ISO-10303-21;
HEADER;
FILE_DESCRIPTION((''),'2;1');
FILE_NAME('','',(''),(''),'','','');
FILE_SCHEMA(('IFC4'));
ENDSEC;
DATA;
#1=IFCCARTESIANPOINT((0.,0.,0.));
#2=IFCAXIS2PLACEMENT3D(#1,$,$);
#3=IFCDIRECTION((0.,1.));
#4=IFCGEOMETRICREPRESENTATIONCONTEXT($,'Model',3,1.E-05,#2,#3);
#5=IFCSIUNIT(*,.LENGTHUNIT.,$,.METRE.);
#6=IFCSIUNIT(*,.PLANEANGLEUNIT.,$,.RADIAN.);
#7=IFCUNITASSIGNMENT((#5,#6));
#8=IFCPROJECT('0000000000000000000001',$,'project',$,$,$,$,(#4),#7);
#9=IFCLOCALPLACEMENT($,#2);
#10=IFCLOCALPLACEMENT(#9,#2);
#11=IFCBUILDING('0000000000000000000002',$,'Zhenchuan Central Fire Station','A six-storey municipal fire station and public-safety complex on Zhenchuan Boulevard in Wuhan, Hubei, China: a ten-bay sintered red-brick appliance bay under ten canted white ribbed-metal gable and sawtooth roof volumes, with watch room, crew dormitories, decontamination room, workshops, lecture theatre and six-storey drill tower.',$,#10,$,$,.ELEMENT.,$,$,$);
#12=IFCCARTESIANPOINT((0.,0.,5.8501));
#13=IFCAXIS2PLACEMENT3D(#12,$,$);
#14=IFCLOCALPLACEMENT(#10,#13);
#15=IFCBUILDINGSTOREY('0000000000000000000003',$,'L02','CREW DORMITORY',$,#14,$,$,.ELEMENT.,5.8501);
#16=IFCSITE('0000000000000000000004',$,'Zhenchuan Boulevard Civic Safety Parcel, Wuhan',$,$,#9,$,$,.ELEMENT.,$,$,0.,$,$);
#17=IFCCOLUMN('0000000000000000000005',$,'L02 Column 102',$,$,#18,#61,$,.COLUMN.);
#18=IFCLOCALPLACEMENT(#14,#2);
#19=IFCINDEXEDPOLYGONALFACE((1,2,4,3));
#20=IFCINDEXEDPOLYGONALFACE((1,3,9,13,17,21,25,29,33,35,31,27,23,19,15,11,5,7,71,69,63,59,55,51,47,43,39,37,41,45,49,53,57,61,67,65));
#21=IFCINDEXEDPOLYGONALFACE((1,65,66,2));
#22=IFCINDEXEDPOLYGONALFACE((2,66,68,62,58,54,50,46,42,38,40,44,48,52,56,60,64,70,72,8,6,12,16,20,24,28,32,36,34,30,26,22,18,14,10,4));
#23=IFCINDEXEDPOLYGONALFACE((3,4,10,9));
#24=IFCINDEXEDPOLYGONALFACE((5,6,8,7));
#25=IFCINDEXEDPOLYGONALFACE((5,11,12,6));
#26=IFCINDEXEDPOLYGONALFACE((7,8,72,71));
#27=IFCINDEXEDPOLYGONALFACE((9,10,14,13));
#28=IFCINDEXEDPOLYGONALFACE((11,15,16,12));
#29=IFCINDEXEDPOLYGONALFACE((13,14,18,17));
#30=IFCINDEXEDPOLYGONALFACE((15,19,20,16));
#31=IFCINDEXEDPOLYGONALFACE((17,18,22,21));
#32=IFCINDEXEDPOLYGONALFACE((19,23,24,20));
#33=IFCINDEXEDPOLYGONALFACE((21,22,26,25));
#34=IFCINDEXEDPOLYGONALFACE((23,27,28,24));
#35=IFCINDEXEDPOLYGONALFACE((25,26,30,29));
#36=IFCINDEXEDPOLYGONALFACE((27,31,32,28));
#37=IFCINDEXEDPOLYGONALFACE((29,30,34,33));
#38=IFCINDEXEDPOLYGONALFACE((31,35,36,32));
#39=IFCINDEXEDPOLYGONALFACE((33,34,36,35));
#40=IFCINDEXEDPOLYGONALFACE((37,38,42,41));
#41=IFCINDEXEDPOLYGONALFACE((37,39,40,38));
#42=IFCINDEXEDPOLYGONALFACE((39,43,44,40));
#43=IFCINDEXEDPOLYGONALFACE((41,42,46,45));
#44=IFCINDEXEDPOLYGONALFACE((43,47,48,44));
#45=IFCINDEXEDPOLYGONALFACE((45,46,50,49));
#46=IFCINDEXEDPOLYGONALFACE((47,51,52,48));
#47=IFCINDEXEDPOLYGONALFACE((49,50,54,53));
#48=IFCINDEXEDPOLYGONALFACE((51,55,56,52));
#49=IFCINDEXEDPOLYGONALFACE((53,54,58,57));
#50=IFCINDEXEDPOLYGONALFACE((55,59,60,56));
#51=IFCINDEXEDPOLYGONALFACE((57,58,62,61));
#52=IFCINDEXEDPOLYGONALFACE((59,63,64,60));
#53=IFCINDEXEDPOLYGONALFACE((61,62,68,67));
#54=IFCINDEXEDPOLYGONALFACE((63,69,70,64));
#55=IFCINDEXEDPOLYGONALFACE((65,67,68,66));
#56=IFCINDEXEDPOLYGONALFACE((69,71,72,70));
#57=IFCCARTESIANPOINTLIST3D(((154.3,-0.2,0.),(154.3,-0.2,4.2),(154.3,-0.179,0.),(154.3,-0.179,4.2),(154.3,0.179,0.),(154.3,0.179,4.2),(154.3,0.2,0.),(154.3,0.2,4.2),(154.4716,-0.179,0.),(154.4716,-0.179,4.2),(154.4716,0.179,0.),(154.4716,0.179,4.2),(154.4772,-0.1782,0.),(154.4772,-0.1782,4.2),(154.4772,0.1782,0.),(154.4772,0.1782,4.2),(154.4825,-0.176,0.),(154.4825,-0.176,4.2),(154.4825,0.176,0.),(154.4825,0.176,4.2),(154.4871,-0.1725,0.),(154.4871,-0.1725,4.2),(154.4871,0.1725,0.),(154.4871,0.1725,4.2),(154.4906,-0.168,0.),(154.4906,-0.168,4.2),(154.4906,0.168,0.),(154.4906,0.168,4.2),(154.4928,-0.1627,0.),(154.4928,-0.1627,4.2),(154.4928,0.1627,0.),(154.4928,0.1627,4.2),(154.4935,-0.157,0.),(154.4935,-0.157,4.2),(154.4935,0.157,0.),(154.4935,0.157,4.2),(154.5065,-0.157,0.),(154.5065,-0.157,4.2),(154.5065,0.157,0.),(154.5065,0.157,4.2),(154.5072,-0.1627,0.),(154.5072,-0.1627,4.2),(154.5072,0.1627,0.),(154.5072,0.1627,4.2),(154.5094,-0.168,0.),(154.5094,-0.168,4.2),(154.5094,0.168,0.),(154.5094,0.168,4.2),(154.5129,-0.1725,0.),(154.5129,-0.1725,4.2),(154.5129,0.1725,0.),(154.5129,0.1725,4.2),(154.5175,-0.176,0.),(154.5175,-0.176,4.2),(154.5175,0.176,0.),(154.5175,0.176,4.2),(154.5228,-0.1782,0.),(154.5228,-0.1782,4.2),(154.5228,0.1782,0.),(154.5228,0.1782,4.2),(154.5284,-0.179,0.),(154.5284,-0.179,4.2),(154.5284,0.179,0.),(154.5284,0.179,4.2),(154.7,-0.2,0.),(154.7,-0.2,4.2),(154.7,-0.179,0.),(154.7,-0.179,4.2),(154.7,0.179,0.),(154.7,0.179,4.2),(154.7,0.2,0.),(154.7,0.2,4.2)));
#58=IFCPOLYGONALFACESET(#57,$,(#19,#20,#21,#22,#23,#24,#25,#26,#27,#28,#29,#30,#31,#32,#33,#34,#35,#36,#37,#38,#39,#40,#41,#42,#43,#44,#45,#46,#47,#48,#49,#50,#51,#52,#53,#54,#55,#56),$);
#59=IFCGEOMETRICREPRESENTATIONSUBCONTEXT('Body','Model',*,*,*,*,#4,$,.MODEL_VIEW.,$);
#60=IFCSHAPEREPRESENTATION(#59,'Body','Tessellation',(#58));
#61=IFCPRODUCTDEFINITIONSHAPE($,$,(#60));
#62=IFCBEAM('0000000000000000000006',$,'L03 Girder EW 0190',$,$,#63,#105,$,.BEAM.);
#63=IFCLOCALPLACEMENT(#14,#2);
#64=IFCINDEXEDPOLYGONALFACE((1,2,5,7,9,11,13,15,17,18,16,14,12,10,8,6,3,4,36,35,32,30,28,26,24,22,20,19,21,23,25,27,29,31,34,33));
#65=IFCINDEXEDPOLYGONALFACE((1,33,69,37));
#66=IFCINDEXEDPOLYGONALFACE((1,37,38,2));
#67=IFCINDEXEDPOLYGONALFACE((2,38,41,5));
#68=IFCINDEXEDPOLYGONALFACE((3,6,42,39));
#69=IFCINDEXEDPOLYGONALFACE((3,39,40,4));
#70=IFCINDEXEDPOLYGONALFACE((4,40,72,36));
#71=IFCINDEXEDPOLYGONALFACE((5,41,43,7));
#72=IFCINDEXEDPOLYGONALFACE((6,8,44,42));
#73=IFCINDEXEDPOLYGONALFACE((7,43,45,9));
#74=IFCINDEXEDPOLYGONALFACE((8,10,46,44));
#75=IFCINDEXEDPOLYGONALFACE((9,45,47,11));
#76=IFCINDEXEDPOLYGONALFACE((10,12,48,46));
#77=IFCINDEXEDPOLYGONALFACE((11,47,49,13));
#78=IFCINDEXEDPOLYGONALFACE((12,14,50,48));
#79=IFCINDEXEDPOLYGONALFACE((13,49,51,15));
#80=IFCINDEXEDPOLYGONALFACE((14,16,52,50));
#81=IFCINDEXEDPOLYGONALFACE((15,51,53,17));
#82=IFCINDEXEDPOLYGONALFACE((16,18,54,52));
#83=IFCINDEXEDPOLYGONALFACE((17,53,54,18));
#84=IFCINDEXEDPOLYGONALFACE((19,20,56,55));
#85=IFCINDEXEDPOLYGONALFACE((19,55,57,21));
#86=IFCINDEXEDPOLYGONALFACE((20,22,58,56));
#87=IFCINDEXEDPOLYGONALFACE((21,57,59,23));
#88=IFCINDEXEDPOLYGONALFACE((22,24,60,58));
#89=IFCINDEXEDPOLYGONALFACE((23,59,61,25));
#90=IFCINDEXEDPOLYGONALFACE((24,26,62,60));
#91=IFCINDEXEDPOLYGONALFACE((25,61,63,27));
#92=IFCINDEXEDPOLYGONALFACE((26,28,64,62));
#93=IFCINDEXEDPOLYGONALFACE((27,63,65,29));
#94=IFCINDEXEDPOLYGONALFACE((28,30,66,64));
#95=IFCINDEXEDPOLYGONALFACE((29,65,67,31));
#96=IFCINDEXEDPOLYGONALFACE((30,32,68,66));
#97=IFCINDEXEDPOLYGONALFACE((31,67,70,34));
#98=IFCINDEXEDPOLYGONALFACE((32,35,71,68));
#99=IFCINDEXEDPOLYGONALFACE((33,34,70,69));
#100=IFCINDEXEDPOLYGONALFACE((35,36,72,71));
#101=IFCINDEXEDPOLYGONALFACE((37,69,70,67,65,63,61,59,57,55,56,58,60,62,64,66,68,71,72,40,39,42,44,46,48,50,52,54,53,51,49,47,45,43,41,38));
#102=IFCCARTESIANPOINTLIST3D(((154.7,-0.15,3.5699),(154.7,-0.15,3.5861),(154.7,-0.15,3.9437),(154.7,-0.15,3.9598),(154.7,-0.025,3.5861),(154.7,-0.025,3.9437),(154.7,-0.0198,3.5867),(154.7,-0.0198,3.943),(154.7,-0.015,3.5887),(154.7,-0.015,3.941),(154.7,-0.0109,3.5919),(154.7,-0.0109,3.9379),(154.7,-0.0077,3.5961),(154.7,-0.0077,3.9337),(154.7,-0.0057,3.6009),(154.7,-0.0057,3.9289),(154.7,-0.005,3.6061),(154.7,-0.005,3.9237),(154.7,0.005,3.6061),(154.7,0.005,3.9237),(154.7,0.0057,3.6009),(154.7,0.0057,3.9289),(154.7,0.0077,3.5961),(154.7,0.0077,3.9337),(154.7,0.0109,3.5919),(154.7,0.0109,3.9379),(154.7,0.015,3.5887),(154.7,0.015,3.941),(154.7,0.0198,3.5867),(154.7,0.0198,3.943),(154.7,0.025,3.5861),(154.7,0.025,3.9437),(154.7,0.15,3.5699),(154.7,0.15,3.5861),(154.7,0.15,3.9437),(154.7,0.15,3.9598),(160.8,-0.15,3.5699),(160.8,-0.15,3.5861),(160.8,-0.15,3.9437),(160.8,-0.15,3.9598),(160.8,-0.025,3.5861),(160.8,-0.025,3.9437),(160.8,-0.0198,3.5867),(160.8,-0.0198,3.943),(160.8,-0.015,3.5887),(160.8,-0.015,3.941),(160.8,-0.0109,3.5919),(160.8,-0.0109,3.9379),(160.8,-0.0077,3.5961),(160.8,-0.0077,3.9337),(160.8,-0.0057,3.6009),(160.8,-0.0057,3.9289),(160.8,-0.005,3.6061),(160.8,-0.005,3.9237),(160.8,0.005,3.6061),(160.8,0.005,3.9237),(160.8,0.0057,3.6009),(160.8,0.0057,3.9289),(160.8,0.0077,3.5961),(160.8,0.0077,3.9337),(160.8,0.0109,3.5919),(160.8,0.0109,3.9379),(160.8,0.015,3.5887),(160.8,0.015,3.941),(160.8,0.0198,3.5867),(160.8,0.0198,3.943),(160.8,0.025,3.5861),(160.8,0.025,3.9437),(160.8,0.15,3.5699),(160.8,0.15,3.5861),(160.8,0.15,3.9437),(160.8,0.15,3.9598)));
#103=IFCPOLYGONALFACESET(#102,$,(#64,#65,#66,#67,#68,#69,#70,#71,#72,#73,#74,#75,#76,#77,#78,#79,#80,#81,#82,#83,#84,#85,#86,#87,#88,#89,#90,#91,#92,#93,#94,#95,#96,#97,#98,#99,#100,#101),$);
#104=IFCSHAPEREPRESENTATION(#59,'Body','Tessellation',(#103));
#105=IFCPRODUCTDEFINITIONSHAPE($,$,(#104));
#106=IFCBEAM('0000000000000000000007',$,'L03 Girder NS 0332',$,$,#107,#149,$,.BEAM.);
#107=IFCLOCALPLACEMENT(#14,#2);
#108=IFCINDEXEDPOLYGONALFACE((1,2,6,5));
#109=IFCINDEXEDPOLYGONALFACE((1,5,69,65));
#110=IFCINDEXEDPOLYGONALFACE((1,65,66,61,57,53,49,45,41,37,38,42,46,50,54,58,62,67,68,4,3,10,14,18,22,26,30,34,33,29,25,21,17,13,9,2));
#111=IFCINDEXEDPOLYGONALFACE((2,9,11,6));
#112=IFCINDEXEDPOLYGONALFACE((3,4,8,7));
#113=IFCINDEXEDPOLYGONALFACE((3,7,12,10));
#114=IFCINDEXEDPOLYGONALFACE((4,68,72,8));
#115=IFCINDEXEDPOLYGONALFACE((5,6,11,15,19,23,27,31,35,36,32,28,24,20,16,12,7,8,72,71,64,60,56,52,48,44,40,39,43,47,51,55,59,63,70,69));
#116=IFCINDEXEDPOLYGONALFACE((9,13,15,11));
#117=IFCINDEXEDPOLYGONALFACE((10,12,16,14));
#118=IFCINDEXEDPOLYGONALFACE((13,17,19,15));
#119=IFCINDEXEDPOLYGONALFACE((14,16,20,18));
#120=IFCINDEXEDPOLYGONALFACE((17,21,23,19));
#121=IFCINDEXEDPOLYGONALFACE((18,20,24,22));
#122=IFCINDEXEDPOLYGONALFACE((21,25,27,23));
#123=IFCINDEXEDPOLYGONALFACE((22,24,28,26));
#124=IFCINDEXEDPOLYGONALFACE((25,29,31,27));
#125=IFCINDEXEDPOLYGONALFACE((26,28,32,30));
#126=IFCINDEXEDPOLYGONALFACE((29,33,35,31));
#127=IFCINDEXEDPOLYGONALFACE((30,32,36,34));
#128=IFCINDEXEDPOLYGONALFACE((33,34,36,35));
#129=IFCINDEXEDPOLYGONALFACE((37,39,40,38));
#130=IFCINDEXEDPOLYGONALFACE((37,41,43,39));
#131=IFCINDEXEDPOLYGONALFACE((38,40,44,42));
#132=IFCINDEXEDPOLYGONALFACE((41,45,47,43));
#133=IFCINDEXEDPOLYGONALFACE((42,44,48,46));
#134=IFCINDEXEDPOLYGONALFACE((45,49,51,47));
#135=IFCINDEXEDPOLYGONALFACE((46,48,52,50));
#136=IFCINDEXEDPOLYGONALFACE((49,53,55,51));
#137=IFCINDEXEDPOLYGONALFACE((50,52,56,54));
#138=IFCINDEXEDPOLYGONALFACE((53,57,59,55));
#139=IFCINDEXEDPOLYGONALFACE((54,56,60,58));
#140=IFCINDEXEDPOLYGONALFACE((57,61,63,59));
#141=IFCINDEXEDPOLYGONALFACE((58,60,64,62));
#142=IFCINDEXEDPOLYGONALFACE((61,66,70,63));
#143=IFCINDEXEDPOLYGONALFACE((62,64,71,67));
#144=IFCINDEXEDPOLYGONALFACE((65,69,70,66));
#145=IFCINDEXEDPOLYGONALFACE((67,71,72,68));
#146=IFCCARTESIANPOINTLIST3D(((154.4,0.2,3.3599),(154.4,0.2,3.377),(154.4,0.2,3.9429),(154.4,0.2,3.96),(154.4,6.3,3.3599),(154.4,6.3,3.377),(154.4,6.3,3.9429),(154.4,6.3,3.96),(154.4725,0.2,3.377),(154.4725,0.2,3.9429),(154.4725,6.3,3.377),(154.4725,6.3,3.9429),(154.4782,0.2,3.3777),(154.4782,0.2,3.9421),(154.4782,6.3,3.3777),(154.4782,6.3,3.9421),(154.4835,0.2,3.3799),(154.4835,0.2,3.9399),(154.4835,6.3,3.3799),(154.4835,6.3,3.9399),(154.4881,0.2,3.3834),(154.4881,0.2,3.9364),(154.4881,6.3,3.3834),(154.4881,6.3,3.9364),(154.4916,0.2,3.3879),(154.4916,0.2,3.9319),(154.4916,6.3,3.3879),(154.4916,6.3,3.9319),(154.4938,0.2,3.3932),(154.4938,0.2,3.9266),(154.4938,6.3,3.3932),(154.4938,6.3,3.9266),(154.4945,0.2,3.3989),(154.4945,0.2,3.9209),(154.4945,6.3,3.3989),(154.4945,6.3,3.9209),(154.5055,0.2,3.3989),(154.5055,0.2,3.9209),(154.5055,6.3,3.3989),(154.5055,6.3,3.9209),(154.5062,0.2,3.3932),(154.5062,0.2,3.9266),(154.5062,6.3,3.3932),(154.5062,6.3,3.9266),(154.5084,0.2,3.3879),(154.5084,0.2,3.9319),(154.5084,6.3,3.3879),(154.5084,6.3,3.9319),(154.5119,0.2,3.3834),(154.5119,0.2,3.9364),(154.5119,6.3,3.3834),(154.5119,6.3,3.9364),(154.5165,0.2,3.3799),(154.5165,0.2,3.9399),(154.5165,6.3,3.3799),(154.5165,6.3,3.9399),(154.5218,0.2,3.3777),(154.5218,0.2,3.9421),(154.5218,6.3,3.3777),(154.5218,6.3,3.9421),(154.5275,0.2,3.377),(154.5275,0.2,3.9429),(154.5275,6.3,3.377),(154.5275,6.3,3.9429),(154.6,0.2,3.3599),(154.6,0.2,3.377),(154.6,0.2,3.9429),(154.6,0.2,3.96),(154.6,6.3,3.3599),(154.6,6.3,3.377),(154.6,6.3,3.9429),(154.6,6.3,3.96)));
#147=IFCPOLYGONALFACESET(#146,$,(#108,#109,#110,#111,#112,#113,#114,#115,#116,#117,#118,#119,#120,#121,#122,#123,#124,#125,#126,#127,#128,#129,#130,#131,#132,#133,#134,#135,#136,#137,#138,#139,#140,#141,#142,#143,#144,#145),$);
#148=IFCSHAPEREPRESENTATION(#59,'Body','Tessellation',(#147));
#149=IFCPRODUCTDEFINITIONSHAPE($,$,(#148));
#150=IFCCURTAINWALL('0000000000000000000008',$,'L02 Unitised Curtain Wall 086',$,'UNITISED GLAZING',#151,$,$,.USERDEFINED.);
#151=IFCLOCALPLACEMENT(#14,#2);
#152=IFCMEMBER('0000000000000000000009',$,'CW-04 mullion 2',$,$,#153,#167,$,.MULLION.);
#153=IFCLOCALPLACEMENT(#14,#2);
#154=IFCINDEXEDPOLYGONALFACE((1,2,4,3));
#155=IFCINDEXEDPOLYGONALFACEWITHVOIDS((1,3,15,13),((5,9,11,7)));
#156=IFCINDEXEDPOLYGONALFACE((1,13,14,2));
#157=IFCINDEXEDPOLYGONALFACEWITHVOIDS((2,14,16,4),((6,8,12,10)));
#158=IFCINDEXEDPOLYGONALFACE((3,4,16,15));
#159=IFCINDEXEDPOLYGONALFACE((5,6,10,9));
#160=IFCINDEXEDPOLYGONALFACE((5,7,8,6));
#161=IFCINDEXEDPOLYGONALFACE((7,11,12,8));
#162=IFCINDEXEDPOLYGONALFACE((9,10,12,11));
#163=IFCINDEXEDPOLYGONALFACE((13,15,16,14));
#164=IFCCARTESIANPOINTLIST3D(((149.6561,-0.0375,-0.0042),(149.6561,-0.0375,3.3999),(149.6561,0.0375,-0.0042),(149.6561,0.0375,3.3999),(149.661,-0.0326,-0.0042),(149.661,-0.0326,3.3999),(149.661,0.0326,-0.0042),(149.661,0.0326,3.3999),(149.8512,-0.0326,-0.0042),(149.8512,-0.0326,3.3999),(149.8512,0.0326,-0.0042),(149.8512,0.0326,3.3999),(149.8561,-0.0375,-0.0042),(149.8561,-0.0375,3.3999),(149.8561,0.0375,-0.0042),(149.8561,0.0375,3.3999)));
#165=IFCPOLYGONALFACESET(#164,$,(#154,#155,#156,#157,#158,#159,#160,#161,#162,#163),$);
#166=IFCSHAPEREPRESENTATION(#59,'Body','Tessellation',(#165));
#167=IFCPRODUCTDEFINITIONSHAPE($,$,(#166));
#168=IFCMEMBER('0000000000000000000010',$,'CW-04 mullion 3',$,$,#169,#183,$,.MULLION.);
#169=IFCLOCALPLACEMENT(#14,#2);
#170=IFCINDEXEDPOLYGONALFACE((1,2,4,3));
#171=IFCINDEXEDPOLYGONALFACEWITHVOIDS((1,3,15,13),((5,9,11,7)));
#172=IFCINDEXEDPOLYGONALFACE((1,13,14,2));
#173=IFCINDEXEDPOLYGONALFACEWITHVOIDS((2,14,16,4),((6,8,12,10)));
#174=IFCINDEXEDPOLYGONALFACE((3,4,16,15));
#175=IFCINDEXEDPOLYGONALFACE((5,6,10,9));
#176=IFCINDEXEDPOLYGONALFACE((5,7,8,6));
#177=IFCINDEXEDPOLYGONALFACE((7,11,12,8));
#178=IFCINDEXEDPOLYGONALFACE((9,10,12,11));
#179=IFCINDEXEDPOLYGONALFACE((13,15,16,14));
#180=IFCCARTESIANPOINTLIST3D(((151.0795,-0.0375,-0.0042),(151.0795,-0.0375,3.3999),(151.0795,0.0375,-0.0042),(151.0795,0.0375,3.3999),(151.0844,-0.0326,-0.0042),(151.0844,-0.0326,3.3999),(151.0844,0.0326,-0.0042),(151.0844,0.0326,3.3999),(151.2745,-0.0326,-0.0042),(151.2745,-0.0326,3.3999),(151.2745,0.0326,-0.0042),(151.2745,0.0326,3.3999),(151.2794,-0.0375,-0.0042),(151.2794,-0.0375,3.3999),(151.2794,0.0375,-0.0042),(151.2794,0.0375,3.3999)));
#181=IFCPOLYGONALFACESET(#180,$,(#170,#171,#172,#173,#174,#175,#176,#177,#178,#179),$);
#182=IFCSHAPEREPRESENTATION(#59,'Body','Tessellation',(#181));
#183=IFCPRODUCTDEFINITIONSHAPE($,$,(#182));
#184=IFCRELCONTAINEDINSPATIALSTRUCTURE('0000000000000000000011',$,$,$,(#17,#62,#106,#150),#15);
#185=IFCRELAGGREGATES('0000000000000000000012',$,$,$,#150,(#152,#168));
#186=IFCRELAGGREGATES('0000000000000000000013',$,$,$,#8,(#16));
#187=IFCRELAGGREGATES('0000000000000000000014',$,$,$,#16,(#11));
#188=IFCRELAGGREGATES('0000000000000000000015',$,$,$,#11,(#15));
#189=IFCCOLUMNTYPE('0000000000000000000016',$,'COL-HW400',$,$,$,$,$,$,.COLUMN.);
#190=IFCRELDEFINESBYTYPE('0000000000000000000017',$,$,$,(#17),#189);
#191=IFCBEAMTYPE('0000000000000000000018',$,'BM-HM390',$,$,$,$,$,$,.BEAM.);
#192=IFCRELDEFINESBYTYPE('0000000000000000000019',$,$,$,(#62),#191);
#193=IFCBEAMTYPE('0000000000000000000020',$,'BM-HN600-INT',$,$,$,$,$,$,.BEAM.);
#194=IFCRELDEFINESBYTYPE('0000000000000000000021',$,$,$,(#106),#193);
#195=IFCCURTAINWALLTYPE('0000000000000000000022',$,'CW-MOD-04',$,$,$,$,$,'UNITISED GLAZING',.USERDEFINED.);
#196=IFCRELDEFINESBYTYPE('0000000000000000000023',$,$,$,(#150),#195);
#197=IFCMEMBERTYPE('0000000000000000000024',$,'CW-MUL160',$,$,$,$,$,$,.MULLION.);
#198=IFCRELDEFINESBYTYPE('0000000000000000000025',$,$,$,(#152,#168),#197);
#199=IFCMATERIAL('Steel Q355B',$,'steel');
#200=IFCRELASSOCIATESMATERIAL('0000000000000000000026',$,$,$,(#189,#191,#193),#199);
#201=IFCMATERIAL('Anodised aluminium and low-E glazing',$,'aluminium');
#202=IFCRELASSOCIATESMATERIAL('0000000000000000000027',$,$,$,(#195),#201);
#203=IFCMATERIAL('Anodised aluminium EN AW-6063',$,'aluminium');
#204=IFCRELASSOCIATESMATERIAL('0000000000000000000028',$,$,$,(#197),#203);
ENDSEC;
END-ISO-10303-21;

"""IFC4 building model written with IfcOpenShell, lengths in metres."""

from ifc_helpers import new_model, si_unit, direction, frame, origin, origin_2d, place, context, subcontext, project, spatial, hollow_rectangle, i_section, extrude, material, material_profile, profile_set, type_object, element, aggregate, save


model = new_model("IFC4")

# Units and contexts
model_context = context("Model", 3, precision=1e-05, world=origin(), true_north=direction((0.0, 1.0)))
body_context = subcontext(model_context, "Body", "Model", "MODEL_VIEW")
ifc_project = project(units=[si_unit("LENGTHUNIT", "METRE"), si_unit("PLANEANGLEUNIT", "RADIAN")], contexts=[model_context])

# Site, building, storey
site_placement = place(None, origin())
site = spatial("IfcSite", under=ifc_project, at=site_placement, Name="Zhenchuan Boulevard Civic Safety Parcel, Wuhan", CompositionType="ELEMENT", RefElevation=0.0)
building_placement = place(site_placement, origin())
building = spatial("IfcBuilding", under=site, at=building_placement, Name="Zhenchuan Central Fire Station", Description="A six-storey municipal fire station and public-safety complex on Zhenchuan Boulevard in Wuhan, Hubei, China: a ten-bay sintered red-brick appliance bay under ten canted white ribbed-metal gable and sawtooth roof volumes, with watch room, crew dormitories, decontamination room, workshops, lecture theatre and six-storey drill tower.", CompositionType="ELEMENT")
storey_placement = place(building_placement, frame((0.0, 0.0, 5.8501)))
storey = spatial("IfcBuildingStorey", under=building, at=storey_placement, Name="L02", Description="CREW DORMITORY", CompositionType="ELEMENT", Elevation=5.8501)

# Column
ifc_material_1 = material(Name="Steel Q355B", Category="steel")
ifc_material_profile_1 = material_profile(ifc_material_1, i_section(OverallWidth=0.3999, OverallDepth=0.3999, WebThickness=0.0129, FlangeThickness=0.021, FilletRadius=0.022, at=origin_2d()), Name="HW 400x400")
ifc_profile_set_1 = profile_set([ifc_material_profile_1], Name="Steel Q355B")
column_type = type_object("IfcColumnType", Name="COL-HW400", PredefinedType="COLUMN", material=ifc_profile_set_1)
column_placement = place(storey_placement, frame((154.5, 0.0, 0.0), z_axis=(0.0, 0.0, 1.0), x_axis=(1.0, 0.0, 0.0)))
element("IfcColumn", 1, at=column_placement, inside=storey, type_object=column_type, Name="L02 Column 102", PredefinedType="COLUMN", context=body_context, shape_type="SweptSolid", body=[
    extrude(i_section(OverallWidth=0.3999, OverallDepth=0.3999, WebThickness=0.0129, FlangeThickness=0.021, FilletRadius=0.022, at=origin_2d()), origin(), (0.0, 0.0, 1.0), 4.2),
])

# Beams
ifc_material_profile_2 = material_profile(ifc_material_1, i_section(OverallWidth=0.3, OverallDepth=0.3899, WebThickness=0.01, FlangeThickness=0.0161, FilletRadius=0.02, at=origin_2d()), Name="HM 390x300")
ifc_profile_set_2 = profile_set([ifc_material_profile_2], Name="Steel Q355B")
beam_type_1 = type_object("IfcBeamType", Name="BM-HM390", PredefinedType="BEAM", material=ifc_profile_set_2)
beam_1_placement = place(storey_placement, frame((154.7, 0.0, 3.7649), z_axis=(1.0, 0.0, 0.0), x_axis=(0.0, 1.0, 0.0)))
element("IfcBeam", 2, at=beam_1_placement, inside=storey, type_object=beam_type_1, Name="L03 Girder EW 0190", PredefinedType="BEAM", context=body_context, shape_type="SweptSolid", body=[
    extrude(i_section(OverallWidth=0.3, OverallDepth=0.3899, WebThickness=0.01, FlangeThickness=0.0161, FilletRadius=0.02, at=origin_2d()), origin(), (0.0, 0.0, 1.0), 6.1001),
])
ifc_material_profile_3 = material_profile(ifc_material_1, i_section(OverallWidth=0.2, OverallDepth=0.6001, WebThickness=0.011, FlangeThickness=0.0171, FilletRadius=0.022, at=origin_2d()), Name="HN 600x200")
ifc_profile_set_3 = profile_set([ifc_material_profile_3], Name="Steel Q355B")
beam_type_2 = type_object("IfcBeamType", Name="BM-HN600-INT", PredefinedType="BEAM", material=ifc_profile_set_3)
beam_2_placement = place(storey_placement, frame((154.5, 0.2, 3.6599), z_axis=(0.0, 1.0, 0.0), x_axis=(-1.0, 0.0, 0.0)))
element("IfcBeam", 3, at=beam_2_placement, inside=storey, type_object=beam_type_2, Name="L03 Girder NS 0332", PredefinedType="BEAM", context=body_context, shape_type="SweptSolid", body=[
    extrude(i_section(OverallWidth=0.2, OverallDepth=0.6001, WebThickness=0.011, FlangeThickness=0.0171, FilletRadius=0.022, at=origin_2d()), origin(), (0.0, 0.0, 1.0), 6.1001),
])

# Curtain wall, members
ifc_material_2 = material(Name="Anodised aluminium and low-E glazing", Category="aluminium")
curtain_wall_type_1 = type_object("IfcCurtainWallType", Name="CW-MOD-04", ElementType="UNITISED GLAZING", PredefinedType="USERDEFINED", material=ifc_material_2)
curtain_wall_1_placement = place(storey_placement, origin())
curtain_wall_1 = element("IfcCurtainWall", 4, at=curtain_wall_1_placement, inside=storey, type_object=curtain_wall_type_1, Name="L02 Unitised Curtain Wall 086", ObjectType="UNITISED GLAZING", PredefinedType="USERDEFINED")
ifc_material_3 = material(Name="Anodised aluminium EN AW-6063", Category="aluminium")
ifc_material_profile_4 = material_profile(ifc_material_3, hollow_rectangle(XDim=0.075, YDim=0.2, WallThickness=0.0049, at=origin_2d()), Name="ALU-M 200x75")
ifc_profile_set_4 = profile_set([ifc_material_profile_4], Name="Anodised aluminium EN AW-6063")
member_type_1 = type_object("IfcMemberType", Name="CW-MUL160", PredefinedType="MULLION", material=ifc_profile_set_4)
member_1_placement = place(storey_placement, frame((149.7561, 0.0, -0.0042), z_axis=(0.0, 0.0, 1.0), x_axis=(0.0, 1.0, 0.0)))
member_1 = element("IfcMember", 5, at=member_1_placement, type_object=member_type_1, Name="CW-04 mullion 2", PredefinedType="MULLION", context=body_context, shape_type="SweptSolid", body=[
    extrude(hollow_rectangle(XDim=0.075, YDim=0.2, WallThickness=0.0049, at=origin_2d()), origin(), (0.0, 0.0, 1.0), 3.4041),
])
member_2_placement = place(storey_placement, frame((151.1794, 0.0, -0.0042), z_axis=(0.0, 0.0, 1.0), x_axis=(0.0, 1.0, 0.0)))
member_2 = element("IfcMember", 6, at=member_2_placement, type_object=member_type_1, Name="CW-04 mullion 3", PredefinedType="MULLION", context=body_context, shape_type="SweptSolid", body=[
    extrude(hollow_rectangle(XDim=0.075, YDim=0.2, WallThickness=0.0049, at=origin_2d()), origin(), (0.0, 0.0, 1.0), 3.4041),
])

aggregate(curtain_wall_1, [member_1, member_2])

save(model, "model.ifc")
